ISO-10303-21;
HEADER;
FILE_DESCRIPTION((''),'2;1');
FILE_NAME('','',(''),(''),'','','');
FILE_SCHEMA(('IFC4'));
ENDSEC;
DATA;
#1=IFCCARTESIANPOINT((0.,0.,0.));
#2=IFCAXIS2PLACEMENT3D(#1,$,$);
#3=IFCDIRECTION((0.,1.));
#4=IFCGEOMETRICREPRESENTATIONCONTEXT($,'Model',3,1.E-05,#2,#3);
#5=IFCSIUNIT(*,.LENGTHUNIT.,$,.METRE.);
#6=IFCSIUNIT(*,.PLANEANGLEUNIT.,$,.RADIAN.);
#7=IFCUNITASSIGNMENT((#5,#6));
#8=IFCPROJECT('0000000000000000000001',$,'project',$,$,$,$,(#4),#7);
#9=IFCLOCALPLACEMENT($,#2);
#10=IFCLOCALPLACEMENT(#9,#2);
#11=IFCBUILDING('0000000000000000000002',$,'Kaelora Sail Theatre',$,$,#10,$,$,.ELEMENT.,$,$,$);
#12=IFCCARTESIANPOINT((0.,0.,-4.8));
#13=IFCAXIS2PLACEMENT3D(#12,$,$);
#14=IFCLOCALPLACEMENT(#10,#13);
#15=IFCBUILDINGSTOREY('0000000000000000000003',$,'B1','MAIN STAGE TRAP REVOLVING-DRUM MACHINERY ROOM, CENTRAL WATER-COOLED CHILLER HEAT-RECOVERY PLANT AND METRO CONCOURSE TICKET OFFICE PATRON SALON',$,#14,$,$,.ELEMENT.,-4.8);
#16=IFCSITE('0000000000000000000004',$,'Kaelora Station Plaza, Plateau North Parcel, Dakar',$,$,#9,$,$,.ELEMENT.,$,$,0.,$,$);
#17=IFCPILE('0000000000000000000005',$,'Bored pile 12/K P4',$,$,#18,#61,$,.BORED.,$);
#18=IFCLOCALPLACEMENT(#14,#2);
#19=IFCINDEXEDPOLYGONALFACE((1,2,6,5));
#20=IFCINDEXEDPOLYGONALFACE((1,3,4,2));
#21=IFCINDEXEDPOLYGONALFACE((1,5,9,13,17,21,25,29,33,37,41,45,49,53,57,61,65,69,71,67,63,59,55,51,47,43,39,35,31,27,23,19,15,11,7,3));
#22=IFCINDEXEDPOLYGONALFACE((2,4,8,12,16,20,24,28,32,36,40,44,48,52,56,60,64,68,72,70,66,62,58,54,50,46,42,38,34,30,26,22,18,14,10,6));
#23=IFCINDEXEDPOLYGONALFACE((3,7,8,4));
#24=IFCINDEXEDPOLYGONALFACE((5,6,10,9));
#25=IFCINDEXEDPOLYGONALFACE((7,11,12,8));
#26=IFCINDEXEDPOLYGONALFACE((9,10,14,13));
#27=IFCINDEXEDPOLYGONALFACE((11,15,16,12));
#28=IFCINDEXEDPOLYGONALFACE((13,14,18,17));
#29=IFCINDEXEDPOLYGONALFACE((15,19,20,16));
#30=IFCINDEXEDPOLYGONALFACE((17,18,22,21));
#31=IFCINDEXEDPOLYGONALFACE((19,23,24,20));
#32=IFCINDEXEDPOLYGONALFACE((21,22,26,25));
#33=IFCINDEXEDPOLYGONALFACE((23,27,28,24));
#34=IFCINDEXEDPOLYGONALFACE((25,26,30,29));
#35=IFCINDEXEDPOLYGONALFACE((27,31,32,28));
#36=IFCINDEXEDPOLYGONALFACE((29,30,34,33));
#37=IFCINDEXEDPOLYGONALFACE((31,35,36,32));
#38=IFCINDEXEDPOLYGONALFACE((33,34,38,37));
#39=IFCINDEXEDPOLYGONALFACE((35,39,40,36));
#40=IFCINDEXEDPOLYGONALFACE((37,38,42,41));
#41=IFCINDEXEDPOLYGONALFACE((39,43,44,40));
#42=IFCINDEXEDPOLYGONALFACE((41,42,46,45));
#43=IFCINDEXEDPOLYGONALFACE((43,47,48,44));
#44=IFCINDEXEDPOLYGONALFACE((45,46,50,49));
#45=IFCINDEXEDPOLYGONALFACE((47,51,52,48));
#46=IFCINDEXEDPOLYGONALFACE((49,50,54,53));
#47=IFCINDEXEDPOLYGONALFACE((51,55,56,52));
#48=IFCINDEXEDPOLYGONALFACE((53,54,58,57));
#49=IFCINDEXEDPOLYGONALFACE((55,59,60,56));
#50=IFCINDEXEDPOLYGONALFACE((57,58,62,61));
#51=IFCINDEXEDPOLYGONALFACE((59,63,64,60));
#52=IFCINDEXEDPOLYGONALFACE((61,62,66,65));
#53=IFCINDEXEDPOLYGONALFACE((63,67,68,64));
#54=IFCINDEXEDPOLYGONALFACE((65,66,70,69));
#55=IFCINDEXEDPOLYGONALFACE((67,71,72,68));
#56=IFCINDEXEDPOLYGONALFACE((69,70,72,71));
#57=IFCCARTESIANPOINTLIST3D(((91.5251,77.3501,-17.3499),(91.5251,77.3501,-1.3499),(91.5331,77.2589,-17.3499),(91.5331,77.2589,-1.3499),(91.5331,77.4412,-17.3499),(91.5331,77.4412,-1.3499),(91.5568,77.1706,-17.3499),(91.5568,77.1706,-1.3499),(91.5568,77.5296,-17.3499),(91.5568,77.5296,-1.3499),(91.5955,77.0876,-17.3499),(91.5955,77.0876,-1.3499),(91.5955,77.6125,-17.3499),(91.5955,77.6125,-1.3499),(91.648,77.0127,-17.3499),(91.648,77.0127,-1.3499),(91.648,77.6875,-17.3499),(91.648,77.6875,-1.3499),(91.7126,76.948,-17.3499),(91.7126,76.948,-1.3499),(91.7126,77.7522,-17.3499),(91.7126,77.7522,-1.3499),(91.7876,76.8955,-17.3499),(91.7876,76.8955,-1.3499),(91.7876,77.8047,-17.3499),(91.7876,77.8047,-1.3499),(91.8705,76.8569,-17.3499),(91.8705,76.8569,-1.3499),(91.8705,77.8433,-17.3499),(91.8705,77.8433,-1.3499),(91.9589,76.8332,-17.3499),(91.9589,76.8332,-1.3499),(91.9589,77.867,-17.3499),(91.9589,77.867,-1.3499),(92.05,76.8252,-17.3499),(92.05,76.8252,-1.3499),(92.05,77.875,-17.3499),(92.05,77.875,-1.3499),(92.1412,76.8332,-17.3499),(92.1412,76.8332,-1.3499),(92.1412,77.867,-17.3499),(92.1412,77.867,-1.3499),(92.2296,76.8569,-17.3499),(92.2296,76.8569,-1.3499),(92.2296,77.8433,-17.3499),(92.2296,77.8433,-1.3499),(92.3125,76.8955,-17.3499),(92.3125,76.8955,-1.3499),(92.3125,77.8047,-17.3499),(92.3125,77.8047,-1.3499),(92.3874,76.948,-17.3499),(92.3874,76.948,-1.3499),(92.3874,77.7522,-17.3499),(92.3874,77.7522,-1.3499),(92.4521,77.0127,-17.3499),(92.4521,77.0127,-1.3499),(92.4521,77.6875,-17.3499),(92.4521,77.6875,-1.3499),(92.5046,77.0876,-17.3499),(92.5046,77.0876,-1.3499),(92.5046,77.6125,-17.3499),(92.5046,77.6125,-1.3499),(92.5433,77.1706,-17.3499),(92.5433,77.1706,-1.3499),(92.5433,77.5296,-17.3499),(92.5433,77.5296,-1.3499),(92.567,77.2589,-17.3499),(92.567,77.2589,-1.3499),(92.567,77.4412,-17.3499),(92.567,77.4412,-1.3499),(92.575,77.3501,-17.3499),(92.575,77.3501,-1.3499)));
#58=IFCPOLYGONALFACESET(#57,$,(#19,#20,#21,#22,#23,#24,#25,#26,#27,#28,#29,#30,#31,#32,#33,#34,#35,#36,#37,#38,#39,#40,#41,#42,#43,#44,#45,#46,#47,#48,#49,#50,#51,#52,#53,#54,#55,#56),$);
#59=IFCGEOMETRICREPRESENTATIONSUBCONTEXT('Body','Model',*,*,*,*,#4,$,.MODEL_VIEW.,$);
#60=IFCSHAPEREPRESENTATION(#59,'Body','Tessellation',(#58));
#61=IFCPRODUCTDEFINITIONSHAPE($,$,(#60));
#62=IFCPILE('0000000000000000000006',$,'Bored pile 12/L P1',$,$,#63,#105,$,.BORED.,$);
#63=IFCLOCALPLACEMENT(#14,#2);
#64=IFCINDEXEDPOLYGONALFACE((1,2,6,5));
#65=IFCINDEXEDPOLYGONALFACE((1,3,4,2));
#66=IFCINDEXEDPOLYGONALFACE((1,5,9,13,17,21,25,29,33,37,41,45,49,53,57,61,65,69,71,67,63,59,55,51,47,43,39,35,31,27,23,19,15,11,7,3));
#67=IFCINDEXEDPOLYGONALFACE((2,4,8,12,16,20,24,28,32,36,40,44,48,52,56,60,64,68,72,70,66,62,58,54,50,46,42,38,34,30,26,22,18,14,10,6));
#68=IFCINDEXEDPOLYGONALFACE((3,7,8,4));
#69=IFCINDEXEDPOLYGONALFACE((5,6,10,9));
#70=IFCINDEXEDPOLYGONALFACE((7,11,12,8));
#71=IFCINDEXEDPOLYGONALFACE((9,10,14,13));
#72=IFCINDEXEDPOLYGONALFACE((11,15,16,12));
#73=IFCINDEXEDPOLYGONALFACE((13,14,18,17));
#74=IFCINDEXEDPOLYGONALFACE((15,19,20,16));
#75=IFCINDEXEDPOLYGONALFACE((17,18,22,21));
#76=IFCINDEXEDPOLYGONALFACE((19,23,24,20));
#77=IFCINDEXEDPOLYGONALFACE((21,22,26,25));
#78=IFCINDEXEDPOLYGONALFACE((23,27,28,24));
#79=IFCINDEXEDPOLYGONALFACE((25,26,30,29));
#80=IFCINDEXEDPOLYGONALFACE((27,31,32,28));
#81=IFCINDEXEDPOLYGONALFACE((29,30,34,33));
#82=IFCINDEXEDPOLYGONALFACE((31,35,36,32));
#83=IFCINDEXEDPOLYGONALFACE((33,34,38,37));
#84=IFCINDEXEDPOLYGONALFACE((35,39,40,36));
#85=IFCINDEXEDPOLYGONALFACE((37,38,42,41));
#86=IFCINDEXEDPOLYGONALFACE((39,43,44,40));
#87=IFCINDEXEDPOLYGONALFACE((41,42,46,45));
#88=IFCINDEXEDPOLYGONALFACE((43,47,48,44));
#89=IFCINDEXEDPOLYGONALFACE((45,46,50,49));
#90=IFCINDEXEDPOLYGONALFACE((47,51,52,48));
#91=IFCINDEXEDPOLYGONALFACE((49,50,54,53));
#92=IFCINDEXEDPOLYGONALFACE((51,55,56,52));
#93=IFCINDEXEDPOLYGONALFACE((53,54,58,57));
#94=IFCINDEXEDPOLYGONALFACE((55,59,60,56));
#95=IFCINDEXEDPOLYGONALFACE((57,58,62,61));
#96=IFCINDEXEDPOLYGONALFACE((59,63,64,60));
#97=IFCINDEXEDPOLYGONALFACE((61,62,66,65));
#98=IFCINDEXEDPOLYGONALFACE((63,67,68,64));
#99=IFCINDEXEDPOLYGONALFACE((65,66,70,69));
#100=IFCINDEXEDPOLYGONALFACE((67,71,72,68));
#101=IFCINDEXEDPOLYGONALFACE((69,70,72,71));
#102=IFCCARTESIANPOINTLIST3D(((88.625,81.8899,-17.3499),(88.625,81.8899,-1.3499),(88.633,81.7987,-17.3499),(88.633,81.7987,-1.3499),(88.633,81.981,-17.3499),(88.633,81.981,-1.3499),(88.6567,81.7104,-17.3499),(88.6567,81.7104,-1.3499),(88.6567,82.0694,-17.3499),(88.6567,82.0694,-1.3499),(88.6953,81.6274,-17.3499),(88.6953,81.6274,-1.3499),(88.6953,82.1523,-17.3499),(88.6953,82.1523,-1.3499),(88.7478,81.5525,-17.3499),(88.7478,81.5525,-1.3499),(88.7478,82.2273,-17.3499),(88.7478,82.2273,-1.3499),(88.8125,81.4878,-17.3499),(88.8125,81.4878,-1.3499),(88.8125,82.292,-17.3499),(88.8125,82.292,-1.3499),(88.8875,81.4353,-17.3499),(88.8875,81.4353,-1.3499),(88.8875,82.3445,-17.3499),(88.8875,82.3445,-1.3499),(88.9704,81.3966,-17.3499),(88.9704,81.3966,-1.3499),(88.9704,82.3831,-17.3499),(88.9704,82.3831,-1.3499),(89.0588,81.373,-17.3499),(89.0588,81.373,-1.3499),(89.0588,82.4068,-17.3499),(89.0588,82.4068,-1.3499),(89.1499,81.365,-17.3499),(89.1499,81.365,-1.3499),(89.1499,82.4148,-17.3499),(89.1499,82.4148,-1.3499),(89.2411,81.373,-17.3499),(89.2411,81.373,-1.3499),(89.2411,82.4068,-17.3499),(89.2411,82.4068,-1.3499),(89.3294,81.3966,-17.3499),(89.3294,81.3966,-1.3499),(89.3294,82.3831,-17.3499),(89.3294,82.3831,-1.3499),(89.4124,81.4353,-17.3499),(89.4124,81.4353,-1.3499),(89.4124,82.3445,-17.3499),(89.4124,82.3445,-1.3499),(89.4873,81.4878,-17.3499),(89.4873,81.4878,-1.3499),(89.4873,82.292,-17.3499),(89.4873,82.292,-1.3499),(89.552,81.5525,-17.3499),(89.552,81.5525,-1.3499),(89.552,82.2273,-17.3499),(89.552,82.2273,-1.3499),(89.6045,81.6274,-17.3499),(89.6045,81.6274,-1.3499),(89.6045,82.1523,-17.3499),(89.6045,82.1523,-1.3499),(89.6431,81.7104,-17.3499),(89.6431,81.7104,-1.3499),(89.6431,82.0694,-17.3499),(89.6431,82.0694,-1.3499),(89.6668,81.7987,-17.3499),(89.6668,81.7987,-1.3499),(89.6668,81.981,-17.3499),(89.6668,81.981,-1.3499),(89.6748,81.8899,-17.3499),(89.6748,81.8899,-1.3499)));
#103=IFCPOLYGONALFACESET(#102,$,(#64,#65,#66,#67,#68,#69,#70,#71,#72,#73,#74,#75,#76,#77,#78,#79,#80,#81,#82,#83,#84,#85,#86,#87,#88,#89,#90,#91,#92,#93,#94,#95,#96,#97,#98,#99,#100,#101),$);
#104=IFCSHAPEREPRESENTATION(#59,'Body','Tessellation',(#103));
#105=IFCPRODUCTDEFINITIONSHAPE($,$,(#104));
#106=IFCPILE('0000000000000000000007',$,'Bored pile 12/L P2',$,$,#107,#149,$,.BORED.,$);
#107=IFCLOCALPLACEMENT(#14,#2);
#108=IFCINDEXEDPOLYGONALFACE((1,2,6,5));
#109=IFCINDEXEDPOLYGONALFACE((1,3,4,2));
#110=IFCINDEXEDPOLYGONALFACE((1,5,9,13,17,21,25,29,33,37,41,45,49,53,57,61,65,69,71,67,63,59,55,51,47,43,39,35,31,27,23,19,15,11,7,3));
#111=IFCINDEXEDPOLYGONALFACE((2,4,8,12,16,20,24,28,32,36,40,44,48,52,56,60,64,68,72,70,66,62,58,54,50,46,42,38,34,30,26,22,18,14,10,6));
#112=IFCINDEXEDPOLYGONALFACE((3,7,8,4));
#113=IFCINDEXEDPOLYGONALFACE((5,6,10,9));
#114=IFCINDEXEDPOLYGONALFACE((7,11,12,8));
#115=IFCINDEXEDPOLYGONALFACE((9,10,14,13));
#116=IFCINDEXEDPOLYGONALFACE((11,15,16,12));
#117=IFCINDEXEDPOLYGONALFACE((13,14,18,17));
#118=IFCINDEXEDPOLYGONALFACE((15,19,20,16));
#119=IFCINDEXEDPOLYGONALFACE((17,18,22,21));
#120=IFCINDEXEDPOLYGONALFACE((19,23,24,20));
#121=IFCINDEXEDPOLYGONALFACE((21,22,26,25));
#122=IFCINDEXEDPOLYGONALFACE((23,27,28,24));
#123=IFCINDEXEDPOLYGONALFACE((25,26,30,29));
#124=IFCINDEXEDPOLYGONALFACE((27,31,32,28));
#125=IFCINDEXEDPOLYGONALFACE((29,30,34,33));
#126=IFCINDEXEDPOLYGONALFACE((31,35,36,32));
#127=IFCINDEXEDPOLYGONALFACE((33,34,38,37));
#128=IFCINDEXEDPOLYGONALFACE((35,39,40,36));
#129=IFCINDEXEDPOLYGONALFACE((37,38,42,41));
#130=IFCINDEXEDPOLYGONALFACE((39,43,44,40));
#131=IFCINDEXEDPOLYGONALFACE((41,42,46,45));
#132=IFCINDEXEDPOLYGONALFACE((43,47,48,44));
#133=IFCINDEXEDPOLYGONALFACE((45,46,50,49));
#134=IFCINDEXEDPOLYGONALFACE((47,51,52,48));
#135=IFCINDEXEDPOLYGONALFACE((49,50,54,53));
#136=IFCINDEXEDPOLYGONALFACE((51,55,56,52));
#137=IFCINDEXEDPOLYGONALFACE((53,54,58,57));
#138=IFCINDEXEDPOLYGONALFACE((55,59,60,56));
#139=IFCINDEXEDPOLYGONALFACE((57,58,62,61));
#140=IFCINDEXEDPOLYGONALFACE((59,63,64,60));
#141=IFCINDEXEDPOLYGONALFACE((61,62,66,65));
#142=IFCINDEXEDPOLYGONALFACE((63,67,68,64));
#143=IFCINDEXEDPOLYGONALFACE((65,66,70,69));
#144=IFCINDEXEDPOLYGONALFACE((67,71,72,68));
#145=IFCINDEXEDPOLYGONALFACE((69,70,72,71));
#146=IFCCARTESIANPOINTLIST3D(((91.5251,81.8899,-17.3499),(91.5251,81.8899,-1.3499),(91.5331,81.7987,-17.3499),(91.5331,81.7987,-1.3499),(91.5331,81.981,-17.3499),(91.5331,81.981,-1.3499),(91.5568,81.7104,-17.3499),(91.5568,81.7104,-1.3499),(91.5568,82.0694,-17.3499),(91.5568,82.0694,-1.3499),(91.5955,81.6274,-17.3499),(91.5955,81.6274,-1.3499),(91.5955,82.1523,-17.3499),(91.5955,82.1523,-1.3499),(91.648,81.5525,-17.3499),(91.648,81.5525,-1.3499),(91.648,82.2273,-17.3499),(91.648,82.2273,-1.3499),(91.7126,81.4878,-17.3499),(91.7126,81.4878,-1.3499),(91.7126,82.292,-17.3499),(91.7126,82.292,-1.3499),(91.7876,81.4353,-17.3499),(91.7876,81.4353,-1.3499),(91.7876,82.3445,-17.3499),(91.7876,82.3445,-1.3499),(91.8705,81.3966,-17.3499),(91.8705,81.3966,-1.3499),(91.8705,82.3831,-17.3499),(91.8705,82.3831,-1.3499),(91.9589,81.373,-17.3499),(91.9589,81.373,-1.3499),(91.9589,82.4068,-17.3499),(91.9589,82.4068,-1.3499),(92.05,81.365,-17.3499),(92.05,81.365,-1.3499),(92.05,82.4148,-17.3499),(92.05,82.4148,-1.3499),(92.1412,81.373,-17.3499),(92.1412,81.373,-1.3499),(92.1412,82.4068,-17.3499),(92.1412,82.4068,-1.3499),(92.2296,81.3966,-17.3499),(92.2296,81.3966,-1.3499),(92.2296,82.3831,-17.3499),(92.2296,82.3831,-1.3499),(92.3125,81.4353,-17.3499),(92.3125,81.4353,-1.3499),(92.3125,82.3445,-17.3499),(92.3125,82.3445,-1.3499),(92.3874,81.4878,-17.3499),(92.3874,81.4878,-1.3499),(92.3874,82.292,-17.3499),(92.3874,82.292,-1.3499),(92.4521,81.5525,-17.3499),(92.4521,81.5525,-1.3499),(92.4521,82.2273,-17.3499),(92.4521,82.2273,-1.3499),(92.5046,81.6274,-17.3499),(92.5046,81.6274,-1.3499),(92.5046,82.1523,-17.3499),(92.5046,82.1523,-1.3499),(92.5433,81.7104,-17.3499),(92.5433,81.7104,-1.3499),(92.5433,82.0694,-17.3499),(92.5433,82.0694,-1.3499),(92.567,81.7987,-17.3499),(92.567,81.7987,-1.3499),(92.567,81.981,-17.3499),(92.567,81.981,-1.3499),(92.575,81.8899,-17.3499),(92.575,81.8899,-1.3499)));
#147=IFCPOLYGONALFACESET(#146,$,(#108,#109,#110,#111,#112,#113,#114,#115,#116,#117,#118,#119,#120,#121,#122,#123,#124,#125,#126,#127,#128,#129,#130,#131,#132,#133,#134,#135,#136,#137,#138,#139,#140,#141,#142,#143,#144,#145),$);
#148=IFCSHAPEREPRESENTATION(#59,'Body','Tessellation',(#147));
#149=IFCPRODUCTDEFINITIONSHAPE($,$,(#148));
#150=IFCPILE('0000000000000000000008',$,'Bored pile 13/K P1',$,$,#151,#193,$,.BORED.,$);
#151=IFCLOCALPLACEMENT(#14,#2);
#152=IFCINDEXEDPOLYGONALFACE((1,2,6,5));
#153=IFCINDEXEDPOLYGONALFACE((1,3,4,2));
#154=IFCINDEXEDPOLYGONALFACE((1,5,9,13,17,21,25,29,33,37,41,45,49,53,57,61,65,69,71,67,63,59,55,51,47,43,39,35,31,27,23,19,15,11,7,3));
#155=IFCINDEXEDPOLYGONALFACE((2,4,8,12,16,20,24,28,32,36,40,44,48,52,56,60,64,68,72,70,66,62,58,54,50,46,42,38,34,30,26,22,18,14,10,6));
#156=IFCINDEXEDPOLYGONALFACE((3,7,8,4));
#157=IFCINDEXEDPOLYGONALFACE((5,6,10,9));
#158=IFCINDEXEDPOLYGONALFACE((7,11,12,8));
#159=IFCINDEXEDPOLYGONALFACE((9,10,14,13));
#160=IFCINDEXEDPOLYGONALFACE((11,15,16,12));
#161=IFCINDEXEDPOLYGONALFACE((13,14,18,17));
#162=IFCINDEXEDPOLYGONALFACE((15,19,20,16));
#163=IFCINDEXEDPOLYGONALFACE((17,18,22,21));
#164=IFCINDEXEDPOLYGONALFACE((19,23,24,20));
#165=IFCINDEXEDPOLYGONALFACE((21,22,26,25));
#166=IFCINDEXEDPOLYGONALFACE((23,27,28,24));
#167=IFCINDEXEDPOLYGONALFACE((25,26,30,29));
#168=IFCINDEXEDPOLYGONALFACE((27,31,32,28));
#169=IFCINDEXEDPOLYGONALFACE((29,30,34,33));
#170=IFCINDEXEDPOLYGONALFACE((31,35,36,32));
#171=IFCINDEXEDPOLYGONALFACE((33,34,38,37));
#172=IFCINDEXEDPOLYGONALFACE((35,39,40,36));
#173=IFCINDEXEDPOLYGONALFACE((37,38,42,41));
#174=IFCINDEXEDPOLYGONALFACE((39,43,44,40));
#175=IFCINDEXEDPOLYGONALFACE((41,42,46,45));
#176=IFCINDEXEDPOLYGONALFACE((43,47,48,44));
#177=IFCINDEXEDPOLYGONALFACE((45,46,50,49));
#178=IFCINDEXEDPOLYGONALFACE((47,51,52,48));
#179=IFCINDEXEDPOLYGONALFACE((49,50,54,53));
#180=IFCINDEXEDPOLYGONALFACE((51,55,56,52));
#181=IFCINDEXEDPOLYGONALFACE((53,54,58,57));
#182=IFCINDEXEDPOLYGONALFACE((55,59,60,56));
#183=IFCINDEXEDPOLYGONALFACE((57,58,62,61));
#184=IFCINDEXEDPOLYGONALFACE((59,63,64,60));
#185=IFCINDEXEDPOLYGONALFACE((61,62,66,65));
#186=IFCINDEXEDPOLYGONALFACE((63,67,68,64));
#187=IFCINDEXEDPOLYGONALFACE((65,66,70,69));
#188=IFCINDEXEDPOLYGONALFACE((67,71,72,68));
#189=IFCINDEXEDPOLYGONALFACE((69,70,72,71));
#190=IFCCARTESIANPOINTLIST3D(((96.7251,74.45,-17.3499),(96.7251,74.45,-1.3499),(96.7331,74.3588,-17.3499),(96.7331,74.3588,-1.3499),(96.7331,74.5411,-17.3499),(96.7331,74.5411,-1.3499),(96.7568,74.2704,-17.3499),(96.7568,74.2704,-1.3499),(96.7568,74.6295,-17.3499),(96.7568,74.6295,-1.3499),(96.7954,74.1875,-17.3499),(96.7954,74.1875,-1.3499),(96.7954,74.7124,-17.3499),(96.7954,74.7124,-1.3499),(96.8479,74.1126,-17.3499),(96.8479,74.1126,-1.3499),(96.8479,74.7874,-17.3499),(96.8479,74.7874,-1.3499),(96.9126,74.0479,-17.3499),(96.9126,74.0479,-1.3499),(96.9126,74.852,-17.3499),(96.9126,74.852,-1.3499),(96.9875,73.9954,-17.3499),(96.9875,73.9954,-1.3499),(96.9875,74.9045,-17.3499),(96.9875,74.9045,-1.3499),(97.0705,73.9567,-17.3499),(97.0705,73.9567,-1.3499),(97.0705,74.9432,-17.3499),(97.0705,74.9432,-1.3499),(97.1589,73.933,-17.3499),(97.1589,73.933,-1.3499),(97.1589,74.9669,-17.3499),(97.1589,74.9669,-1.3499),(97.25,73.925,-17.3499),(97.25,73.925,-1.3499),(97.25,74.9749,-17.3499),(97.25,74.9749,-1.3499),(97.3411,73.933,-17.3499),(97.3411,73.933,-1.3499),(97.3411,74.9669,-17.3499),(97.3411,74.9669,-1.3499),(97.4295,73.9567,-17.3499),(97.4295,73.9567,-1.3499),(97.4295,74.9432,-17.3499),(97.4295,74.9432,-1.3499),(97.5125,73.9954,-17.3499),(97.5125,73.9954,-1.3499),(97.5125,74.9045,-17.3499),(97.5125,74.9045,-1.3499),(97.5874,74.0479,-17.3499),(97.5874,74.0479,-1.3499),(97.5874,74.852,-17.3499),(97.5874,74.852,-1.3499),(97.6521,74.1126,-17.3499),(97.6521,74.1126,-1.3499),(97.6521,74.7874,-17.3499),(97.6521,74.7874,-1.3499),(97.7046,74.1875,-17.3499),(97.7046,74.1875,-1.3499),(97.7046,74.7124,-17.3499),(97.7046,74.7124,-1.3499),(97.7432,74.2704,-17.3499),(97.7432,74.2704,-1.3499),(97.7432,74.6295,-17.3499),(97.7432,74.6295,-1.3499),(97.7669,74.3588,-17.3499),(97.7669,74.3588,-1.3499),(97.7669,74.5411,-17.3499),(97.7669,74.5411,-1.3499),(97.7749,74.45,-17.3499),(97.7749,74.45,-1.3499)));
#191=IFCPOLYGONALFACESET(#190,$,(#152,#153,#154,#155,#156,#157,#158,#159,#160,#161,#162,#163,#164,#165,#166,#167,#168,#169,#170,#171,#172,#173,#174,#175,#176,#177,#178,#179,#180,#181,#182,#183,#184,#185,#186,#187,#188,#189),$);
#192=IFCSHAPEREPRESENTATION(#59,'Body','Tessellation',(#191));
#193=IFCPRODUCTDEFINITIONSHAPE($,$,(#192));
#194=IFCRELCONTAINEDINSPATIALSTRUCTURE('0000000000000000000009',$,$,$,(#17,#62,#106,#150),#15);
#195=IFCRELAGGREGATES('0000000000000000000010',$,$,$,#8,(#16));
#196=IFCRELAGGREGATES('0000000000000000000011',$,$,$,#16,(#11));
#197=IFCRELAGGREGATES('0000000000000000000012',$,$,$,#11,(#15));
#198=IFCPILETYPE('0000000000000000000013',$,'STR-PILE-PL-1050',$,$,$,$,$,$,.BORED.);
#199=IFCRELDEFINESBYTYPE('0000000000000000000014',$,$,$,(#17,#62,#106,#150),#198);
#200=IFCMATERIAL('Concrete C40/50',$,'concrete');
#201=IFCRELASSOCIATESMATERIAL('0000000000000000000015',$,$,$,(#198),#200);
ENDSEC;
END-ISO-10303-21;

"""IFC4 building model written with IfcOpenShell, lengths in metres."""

from ifc_helpers import new_model, si_unit, direction, frame, origin, origin_2d, place, context, subcontext, project, spatial, circle, extrude, material, material_profile, profile_set, type_object, element, save


model = new_model("IFC4")

# Units and contexts
model_context = context("Model", 3, precision=1e-05, world=origin(), true_north=direction((0.0, 1.0)))
body_context = subcontext(model_context, "Body", "Model", "MODEL_VIEW")
ifc_project = project(units=[si_unit("LENGTHUNIT", "METRE"), si_unit("PLANEANGLEUNIT", "RADIAN")], contexts=[model_context])

# Site, building, storey
site_placement = place(None, origin())
site = spatial("IfcSite", under=ifc_project, at=site_placement, Name="Kaelora Station Plaza, Plateau North Parcel, Dakar", CompositionType="ELEMENT", RefElevation=0.0)
building_placement = place(site_placement, origin())
building = spatial("IfcBuilding", under=site, at=building_placement, Name="Kaelora Sail Theatre", CompositionType="ELEMENT")
storey_placement = place(building_placement, frame((0.0, 0.0, -4.8)))
storey = spatial("IfcBuildingStorey", under=building, at=storey_placement, Name="B1", Description="MAIN STAGE TRAP REVOLVING-DRUM MACHINERY ROOM, CENTRAL WATER-COOLED CHILLER HEAT-RECOVERY PLANT AND METRO CONCOURSE TICKET OFFICE PATRON SALON", CompositionType="ELEMENT", Elevation=-4.8)

# Piles
ifc_material_1 = material(Name="Concrete C40/50", Category="concrete")
ifc_material_profile_1 = material_profile(ifc_material_1, circle(Radius=0.5249, at=origin_2d()), Name="PILE D1050")
ifc_profile_set_1 = profile_set([ifc_material_profile_1], Name="Concrete C40/50")
pile_type = type_object("IfcPileType", Name="STR-PILE-PL-1050", PredefinedType="BORED", material=ifc_profile_set_1)
for number, where, z_axis, x_axis, name in (
    (1, (92.05, 77.3501, -1.3499), (0.0, 0.0, -1.0), (1.0, 0.0, 0.0), "Bored pile 12/K P4"),
    (2, (89.1499, 81.8899, -1.3499), (0.0, 0.0, -1.0), (1.0, 0.0, 0.0), "Bored pile 12/L P1"),
    (3, (92.05, 81.8899, -1.3499), (0.0, 0.0, -1.0), (1.0, 0.0, 0.0), "Bored pile 12/L P2"),
    (4, (97.25, 74.45, -1.3499), (0.0, 0.0, -1.0), (1.0, 0.0, 0.0), "Bored pile 13/K P1"),
):
    element("IfcPile", number, at=place(storey_placement, frame(where, z_axis=z_axis, x_axis=x_axis)), inside=storey, type_object=pile_type, Name=name, PredefinedType="BORED", context=body_context, shape_type="SweptSolid", body=[
        extrude(circle(Radius=0.5249, at=origin_2d()), origin(), (0.0, 0.0, 1.0), 16.0),
    ])

save(model, "model.ifc")
